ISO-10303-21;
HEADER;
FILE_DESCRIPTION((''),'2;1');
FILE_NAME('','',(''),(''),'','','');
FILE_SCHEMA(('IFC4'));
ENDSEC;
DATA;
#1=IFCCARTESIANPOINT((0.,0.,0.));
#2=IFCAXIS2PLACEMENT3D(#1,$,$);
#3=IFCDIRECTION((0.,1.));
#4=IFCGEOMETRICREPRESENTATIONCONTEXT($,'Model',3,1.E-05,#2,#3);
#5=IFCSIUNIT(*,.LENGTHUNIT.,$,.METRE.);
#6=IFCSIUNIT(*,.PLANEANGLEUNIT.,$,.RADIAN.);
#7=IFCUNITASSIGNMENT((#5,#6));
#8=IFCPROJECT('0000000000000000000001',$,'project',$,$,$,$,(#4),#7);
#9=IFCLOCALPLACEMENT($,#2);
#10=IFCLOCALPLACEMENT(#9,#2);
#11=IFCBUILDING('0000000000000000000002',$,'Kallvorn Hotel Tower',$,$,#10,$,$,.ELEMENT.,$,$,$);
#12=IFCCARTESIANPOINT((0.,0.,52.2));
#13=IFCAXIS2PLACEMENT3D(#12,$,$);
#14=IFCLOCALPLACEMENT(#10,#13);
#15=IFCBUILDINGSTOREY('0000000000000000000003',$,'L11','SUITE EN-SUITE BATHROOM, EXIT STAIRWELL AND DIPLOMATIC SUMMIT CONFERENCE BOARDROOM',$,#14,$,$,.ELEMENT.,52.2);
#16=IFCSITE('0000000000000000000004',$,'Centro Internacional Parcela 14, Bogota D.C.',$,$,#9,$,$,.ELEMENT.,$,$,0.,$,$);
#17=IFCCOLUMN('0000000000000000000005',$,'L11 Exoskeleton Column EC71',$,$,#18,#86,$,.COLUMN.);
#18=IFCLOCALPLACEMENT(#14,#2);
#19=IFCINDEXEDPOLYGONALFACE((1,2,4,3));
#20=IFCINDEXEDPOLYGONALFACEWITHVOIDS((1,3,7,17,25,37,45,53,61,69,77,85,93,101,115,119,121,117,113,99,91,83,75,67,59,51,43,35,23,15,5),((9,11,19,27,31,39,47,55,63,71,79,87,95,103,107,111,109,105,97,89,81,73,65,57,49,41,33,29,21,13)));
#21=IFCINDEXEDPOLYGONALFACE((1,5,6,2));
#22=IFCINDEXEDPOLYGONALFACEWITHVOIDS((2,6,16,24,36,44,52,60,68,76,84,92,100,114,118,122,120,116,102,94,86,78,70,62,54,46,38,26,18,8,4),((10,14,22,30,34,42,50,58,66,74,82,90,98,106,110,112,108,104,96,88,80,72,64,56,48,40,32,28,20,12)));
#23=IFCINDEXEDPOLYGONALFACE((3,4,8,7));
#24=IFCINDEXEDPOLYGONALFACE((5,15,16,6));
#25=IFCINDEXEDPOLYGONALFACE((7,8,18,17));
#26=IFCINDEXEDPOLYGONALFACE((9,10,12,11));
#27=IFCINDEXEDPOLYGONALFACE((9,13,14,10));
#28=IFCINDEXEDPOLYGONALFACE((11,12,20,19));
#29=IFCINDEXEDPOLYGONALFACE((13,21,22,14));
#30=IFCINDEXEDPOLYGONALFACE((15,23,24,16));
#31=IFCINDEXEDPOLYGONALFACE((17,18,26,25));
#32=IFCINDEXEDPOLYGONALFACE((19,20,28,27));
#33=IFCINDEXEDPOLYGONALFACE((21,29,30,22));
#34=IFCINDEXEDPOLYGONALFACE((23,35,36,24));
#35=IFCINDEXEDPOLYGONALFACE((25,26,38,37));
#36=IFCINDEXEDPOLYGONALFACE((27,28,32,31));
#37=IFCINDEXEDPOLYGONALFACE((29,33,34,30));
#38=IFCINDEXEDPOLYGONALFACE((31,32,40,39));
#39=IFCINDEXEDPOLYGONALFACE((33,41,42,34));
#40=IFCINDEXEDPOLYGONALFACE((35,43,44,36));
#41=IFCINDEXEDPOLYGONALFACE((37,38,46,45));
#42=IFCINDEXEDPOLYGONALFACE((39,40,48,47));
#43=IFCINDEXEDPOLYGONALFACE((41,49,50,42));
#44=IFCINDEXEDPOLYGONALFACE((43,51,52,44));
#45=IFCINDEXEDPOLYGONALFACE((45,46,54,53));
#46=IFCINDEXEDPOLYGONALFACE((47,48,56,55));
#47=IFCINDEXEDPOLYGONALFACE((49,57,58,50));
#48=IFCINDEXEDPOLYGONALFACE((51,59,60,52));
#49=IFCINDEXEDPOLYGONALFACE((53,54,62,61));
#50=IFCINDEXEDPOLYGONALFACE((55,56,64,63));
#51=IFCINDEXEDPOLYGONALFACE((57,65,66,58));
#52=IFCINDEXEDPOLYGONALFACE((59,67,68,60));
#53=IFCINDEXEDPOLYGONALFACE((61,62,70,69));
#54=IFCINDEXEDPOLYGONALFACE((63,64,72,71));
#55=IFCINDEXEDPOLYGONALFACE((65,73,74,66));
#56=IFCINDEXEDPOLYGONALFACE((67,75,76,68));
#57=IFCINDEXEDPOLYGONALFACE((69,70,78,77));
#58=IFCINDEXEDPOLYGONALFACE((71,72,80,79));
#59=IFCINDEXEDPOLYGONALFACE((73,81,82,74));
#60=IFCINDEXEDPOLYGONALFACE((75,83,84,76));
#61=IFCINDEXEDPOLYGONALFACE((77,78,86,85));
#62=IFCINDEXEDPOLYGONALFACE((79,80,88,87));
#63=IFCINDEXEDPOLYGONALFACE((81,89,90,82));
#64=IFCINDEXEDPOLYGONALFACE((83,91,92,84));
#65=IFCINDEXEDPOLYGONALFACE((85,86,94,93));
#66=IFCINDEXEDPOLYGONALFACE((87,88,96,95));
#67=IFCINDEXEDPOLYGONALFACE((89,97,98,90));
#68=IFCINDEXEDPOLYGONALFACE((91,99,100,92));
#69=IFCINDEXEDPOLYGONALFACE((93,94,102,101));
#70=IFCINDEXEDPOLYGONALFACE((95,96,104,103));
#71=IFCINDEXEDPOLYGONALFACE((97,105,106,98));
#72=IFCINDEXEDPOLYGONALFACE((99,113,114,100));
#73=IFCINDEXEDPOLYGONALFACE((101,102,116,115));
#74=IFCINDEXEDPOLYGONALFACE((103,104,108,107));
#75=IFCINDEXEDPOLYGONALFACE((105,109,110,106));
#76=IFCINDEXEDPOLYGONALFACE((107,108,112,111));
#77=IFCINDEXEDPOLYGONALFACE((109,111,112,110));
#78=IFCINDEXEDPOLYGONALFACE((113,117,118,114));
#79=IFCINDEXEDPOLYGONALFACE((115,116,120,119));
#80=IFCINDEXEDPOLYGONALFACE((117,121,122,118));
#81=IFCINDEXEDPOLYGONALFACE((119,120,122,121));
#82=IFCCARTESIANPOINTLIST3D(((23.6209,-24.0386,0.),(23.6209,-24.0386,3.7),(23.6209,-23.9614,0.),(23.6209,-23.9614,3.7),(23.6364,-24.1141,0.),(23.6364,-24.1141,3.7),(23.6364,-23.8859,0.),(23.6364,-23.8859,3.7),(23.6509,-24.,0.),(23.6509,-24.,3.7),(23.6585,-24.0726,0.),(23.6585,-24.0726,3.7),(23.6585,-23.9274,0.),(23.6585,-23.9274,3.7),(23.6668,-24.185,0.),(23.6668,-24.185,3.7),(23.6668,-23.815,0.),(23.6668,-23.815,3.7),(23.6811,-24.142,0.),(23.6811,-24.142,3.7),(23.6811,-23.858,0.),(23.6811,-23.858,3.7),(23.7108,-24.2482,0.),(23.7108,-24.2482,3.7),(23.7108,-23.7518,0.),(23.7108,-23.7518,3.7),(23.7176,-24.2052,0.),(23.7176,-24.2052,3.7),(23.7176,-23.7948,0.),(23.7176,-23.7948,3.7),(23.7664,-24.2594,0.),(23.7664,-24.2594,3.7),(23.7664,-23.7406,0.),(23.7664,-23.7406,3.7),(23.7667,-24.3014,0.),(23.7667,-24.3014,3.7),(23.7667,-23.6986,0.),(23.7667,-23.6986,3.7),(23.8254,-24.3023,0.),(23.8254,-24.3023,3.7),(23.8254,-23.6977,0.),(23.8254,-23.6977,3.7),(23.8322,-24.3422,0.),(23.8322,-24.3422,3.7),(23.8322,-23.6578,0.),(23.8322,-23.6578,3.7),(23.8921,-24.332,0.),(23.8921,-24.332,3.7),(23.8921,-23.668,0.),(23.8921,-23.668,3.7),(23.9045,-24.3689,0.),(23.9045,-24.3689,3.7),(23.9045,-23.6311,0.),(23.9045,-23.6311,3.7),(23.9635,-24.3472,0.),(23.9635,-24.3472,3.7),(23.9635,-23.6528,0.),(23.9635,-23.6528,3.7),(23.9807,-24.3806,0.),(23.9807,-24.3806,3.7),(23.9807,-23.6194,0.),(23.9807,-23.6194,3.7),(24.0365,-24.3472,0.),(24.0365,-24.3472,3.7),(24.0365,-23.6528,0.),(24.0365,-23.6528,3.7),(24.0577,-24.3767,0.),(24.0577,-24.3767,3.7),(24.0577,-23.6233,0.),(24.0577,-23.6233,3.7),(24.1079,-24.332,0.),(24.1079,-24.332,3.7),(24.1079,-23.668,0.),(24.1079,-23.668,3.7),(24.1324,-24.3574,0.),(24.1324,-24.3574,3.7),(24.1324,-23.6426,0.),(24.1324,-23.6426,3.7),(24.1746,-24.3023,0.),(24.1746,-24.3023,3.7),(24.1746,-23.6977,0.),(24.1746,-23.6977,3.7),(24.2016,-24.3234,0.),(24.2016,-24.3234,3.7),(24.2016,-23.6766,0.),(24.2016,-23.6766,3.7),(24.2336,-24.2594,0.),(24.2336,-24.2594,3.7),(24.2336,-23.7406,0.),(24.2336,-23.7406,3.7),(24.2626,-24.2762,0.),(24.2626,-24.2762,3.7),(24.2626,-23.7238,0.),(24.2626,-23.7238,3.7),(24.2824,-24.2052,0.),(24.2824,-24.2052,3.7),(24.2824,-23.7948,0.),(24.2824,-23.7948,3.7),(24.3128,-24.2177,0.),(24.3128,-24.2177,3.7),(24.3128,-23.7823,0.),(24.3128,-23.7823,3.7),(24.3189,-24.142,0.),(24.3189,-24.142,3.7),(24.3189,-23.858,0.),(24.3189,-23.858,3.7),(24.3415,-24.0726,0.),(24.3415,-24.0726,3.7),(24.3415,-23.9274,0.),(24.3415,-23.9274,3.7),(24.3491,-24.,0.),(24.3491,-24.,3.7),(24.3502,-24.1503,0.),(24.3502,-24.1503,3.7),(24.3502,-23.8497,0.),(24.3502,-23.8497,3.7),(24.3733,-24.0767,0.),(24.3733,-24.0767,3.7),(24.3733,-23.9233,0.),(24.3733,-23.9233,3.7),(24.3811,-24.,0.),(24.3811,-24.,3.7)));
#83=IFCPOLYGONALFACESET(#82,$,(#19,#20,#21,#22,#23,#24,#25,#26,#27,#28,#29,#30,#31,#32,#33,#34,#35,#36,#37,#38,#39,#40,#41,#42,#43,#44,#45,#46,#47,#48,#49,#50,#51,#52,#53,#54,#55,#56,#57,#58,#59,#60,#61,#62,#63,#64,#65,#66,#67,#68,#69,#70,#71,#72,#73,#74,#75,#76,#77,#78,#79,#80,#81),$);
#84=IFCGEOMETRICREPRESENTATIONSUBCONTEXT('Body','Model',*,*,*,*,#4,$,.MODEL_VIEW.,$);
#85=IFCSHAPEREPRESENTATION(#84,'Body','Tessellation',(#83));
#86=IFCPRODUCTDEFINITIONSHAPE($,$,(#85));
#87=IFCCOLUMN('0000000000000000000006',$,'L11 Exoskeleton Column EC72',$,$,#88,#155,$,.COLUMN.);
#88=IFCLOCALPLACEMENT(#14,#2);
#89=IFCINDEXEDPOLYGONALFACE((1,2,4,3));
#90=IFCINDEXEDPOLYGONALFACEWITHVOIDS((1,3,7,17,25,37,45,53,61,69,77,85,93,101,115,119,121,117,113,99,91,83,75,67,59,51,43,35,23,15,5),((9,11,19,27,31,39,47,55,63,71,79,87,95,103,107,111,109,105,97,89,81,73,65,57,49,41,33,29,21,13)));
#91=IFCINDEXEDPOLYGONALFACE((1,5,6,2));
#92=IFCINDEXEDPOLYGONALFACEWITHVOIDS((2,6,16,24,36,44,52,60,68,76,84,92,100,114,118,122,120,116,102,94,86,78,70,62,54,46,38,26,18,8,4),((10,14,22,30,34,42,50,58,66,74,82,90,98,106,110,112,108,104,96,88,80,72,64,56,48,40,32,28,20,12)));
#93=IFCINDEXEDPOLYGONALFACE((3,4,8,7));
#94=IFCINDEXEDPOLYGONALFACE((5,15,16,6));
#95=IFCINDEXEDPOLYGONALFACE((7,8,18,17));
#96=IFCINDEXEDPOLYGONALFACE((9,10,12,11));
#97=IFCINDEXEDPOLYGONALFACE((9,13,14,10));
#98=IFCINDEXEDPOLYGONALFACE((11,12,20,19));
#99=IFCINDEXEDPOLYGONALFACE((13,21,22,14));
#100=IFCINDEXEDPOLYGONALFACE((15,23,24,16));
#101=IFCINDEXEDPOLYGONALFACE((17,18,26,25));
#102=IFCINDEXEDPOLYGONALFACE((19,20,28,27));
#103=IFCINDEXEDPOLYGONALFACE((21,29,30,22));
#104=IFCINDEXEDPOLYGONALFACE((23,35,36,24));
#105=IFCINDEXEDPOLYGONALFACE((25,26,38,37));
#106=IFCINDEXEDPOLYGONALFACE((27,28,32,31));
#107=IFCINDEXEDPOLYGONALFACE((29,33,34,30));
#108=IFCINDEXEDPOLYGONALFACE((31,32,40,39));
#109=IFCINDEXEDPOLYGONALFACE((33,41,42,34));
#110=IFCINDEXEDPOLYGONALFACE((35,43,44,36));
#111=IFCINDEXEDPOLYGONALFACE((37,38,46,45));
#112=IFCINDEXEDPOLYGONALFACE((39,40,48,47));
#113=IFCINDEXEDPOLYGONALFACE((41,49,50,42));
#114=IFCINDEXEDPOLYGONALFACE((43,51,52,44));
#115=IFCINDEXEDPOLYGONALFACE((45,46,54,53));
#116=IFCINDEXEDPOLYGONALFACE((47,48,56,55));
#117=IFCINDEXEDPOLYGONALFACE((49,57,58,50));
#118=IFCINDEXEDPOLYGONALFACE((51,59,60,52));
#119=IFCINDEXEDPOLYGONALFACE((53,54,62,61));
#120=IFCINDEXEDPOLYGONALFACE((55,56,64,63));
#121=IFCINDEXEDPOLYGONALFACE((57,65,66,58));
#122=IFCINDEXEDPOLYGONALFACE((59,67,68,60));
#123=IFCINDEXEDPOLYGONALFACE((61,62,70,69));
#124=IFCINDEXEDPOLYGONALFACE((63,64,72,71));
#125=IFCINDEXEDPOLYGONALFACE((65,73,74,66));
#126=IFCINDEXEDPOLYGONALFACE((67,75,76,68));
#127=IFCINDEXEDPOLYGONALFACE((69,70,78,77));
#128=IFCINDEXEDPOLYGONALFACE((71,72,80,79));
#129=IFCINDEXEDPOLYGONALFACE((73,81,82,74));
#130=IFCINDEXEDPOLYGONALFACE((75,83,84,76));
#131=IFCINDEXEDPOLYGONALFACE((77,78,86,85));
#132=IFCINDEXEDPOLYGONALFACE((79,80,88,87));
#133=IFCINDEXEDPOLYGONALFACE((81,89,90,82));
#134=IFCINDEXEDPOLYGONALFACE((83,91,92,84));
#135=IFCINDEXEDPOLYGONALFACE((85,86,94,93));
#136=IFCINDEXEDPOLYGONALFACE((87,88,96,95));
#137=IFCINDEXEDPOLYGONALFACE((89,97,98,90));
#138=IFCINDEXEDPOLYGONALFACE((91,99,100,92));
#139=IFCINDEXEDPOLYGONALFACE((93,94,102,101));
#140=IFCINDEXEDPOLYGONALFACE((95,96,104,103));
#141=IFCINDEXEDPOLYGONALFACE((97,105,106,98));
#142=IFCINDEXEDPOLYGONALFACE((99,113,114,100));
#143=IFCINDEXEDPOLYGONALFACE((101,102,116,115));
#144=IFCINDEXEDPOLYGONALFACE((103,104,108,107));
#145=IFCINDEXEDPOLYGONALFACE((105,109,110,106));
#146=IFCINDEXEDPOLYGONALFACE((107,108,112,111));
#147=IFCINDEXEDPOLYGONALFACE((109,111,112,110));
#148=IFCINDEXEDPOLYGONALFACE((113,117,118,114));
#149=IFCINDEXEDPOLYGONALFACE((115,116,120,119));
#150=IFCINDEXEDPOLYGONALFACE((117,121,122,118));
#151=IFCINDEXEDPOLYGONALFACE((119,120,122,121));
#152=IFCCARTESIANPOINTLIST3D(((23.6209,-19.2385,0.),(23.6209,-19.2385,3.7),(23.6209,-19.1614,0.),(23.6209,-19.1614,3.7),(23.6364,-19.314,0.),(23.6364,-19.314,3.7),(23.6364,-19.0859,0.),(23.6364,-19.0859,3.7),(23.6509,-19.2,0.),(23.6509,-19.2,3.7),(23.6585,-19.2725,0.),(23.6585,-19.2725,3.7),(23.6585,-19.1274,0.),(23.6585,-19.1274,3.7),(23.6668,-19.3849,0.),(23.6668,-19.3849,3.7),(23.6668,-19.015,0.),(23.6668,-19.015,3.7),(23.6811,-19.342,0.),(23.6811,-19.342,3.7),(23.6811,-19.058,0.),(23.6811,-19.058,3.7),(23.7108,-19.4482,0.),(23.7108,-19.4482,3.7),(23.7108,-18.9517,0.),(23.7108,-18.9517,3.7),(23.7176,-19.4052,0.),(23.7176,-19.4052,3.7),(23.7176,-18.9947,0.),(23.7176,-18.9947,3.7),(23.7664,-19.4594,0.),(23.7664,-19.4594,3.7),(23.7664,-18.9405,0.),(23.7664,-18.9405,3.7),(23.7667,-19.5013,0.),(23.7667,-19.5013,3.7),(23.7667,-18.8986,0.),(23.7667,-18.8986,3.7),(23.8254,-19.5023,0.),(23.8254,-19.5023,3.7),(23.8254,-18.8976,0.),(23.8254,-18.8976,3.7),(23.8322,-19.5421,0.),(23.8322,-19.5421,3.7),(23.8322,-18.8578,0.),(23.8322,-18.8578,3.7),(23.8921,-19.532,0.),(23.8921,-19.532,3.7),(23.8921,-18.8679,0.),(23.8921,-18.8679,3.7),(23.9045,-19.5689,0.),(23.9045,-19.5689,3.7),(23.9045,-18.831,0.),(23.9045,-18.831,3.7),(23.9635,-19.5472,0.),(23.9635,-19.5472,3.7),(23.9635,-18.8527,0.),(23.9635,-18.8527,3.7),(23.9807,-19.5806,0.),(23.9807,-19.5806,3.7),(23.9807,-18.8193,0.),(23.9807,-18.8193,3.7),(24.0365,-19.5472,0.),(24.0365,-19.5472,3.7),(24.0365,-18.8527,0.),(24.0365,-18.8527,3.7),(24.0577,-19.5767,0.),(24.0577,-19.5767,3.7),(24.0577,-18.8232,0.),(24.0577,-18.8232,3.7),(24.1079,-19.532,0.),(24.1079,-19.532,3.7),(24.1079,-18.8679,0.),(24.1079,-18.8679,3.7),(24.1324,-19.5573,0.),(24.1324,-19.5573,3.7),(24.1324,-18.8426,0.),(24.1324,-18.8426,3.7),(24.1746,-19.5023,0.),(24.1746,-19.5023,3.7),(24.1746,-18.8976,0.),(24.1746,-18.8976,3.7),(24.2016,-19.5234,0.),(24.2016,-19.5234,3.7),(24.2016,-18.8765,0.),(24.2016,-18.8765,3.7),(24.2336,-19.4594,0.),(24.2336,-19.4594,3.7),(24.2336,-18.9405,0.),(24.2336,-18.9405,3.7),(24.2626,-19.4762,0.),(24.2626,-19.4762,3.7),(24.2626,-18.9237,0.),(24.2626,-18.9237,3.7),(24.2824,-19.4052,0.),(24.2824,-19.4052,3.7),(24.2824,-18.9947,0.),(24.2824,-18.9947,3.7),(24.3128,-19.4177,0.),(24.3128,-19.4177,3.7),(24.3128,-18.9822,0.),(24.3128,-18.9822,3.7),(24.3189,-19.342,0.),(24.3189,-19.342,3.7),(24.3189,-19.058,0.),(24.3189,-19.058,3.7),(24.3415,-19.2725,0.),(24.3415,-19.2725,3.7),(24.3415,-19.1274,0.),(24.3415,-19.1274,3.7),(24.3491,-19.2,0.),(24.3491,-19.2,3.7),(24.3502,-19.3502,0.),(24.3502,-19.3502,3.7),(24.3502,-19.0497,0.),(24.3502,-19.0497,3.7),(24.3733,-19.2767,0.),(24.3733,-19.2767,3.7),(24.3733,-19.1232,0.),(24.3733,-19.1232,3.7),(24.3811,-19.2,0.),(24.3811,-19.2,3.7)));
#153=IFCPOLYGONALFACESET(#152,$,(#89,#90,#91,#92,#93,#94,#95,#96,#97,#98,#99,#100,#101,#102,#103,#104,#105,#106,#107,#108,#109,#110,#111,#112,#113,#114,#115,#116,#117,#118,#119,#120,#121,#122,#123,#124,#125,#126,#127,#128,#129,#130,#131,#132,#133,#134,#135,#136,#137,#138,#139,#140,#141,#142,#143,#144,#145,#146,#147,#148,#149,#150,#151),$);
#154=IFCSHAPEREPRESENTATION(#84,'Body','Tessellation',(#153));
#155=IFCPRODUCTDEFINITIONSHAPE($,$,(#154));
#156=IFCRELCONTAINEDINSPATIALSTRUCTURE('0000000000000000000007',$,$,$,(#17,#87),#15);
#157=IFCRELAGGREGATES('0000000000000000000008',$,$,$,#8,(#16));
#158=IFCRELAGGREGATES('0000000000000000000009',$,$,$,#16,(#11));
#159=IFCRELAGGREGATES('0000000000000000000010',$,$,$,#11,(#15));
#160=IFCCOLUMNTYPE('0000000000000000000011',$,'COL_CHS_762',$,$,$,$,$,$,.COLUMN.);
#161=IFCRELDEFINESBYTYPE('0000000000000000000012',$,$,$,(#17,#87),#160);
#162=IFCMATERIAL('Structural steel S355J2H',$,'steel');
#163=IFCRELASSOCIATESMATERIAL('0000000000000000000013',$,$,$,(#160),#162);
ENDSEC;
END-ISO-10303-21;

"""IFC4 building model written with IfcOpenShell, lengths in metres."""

from ifc_helpers import new_model, si_unit, direction, frame, origin, origin_2d, place, context, subcontext, project, spatial, hollow_circle, extrude, material, material_profile, profile_set, type_object, element, save


model = new_model("IFC4")

# Units and contexts
model_context = context("Model", 3, precision=1e-05, world=origin(), true_north=direction((0.0, 1.0)))
body_context = subcontext(model_context, "Body", "Model", "MODEL_VIEW")
ifc_project = project(units=[si_unit("LENGTHUNIT", "METRE"), si_unit("PLANEANGLEUNIT", "RADIAN")], contexts=[model_context])

# Site, building, storey
site_placement = place(None, origin())
site = spatial("IfcSite", under=ifc_project, at=site_placement, Name="Centro Internacional Parcela 14, Bogota D.C.", CompositionType="ELEMENT", RefElevation=0.0)
building_placement = place(site_placement, origin())
building = spatial("IfcBuilding", under=site, at=building_placement, Name="Kallvorn Hotel Tower", CompositionType="ELEMENT")
storey_placement = place(building_placement, frame((0.0, 0.0, 52.2)))
storey = spatial("IfcBuildingStorey", under=building, at=storey_placement, Name="L11", Description="SUITE EN-SUITE BATHROOM, EXIT STAIRWELL AND DIPLOMATIC SUMMIT CONFERENCE BOARDROOM", CompositionType="ELEMENT", Elevation=52.2)

# Columns
ifc_material_1 = material(Name="Structural steel S355J2H", Category="steel")
ifc_material_profile_1 = material_profile(ifc_material_1, hollow_circle(Radius=0.3811, WallThickness=0.032, at=origin_2d()), Name="CHS 762x32")
ifc_profile_set_1 = profile_set([ifc_material_profile_1], Name="Structural steel S355J2H")
column_type_1 = type_object("IfcColumnType", Name="COL_CHS_762", PredefinedType="COLUMN", material=ifc_profile_set_1)
for number, where, z_axis, x_axis, name in (
    (1, (24.0, -24.0, 0.0), (0.0, 0.0, 1.0), (1.0, 0.0, 0.0), "L11 Exoskeleton Column EC71"),
    (2, (24.0, -19.2, 0.0), (0.0, 0.0, 1.0), (1.0, 0.0, 0.0), "L11 Exoskeleton Column EC72"),
):
    element("IfcColumn", number, at=place(storey_placement, frame(where, z_axis=z_axis, x_axis=x_axis)), inside=storey, type_object=column_type_1, Name=name, PredefinedType="COLUMN", context=body_context, shape_type="SweptSolid", body=[
        extrude(hollow_circle(Radius=0.3811, WallThickness=0.032, at=origin_2d()), origin(), (0.0, 0.0, 1.0), 3.7),
    ])

save(model, "model.ifc")
